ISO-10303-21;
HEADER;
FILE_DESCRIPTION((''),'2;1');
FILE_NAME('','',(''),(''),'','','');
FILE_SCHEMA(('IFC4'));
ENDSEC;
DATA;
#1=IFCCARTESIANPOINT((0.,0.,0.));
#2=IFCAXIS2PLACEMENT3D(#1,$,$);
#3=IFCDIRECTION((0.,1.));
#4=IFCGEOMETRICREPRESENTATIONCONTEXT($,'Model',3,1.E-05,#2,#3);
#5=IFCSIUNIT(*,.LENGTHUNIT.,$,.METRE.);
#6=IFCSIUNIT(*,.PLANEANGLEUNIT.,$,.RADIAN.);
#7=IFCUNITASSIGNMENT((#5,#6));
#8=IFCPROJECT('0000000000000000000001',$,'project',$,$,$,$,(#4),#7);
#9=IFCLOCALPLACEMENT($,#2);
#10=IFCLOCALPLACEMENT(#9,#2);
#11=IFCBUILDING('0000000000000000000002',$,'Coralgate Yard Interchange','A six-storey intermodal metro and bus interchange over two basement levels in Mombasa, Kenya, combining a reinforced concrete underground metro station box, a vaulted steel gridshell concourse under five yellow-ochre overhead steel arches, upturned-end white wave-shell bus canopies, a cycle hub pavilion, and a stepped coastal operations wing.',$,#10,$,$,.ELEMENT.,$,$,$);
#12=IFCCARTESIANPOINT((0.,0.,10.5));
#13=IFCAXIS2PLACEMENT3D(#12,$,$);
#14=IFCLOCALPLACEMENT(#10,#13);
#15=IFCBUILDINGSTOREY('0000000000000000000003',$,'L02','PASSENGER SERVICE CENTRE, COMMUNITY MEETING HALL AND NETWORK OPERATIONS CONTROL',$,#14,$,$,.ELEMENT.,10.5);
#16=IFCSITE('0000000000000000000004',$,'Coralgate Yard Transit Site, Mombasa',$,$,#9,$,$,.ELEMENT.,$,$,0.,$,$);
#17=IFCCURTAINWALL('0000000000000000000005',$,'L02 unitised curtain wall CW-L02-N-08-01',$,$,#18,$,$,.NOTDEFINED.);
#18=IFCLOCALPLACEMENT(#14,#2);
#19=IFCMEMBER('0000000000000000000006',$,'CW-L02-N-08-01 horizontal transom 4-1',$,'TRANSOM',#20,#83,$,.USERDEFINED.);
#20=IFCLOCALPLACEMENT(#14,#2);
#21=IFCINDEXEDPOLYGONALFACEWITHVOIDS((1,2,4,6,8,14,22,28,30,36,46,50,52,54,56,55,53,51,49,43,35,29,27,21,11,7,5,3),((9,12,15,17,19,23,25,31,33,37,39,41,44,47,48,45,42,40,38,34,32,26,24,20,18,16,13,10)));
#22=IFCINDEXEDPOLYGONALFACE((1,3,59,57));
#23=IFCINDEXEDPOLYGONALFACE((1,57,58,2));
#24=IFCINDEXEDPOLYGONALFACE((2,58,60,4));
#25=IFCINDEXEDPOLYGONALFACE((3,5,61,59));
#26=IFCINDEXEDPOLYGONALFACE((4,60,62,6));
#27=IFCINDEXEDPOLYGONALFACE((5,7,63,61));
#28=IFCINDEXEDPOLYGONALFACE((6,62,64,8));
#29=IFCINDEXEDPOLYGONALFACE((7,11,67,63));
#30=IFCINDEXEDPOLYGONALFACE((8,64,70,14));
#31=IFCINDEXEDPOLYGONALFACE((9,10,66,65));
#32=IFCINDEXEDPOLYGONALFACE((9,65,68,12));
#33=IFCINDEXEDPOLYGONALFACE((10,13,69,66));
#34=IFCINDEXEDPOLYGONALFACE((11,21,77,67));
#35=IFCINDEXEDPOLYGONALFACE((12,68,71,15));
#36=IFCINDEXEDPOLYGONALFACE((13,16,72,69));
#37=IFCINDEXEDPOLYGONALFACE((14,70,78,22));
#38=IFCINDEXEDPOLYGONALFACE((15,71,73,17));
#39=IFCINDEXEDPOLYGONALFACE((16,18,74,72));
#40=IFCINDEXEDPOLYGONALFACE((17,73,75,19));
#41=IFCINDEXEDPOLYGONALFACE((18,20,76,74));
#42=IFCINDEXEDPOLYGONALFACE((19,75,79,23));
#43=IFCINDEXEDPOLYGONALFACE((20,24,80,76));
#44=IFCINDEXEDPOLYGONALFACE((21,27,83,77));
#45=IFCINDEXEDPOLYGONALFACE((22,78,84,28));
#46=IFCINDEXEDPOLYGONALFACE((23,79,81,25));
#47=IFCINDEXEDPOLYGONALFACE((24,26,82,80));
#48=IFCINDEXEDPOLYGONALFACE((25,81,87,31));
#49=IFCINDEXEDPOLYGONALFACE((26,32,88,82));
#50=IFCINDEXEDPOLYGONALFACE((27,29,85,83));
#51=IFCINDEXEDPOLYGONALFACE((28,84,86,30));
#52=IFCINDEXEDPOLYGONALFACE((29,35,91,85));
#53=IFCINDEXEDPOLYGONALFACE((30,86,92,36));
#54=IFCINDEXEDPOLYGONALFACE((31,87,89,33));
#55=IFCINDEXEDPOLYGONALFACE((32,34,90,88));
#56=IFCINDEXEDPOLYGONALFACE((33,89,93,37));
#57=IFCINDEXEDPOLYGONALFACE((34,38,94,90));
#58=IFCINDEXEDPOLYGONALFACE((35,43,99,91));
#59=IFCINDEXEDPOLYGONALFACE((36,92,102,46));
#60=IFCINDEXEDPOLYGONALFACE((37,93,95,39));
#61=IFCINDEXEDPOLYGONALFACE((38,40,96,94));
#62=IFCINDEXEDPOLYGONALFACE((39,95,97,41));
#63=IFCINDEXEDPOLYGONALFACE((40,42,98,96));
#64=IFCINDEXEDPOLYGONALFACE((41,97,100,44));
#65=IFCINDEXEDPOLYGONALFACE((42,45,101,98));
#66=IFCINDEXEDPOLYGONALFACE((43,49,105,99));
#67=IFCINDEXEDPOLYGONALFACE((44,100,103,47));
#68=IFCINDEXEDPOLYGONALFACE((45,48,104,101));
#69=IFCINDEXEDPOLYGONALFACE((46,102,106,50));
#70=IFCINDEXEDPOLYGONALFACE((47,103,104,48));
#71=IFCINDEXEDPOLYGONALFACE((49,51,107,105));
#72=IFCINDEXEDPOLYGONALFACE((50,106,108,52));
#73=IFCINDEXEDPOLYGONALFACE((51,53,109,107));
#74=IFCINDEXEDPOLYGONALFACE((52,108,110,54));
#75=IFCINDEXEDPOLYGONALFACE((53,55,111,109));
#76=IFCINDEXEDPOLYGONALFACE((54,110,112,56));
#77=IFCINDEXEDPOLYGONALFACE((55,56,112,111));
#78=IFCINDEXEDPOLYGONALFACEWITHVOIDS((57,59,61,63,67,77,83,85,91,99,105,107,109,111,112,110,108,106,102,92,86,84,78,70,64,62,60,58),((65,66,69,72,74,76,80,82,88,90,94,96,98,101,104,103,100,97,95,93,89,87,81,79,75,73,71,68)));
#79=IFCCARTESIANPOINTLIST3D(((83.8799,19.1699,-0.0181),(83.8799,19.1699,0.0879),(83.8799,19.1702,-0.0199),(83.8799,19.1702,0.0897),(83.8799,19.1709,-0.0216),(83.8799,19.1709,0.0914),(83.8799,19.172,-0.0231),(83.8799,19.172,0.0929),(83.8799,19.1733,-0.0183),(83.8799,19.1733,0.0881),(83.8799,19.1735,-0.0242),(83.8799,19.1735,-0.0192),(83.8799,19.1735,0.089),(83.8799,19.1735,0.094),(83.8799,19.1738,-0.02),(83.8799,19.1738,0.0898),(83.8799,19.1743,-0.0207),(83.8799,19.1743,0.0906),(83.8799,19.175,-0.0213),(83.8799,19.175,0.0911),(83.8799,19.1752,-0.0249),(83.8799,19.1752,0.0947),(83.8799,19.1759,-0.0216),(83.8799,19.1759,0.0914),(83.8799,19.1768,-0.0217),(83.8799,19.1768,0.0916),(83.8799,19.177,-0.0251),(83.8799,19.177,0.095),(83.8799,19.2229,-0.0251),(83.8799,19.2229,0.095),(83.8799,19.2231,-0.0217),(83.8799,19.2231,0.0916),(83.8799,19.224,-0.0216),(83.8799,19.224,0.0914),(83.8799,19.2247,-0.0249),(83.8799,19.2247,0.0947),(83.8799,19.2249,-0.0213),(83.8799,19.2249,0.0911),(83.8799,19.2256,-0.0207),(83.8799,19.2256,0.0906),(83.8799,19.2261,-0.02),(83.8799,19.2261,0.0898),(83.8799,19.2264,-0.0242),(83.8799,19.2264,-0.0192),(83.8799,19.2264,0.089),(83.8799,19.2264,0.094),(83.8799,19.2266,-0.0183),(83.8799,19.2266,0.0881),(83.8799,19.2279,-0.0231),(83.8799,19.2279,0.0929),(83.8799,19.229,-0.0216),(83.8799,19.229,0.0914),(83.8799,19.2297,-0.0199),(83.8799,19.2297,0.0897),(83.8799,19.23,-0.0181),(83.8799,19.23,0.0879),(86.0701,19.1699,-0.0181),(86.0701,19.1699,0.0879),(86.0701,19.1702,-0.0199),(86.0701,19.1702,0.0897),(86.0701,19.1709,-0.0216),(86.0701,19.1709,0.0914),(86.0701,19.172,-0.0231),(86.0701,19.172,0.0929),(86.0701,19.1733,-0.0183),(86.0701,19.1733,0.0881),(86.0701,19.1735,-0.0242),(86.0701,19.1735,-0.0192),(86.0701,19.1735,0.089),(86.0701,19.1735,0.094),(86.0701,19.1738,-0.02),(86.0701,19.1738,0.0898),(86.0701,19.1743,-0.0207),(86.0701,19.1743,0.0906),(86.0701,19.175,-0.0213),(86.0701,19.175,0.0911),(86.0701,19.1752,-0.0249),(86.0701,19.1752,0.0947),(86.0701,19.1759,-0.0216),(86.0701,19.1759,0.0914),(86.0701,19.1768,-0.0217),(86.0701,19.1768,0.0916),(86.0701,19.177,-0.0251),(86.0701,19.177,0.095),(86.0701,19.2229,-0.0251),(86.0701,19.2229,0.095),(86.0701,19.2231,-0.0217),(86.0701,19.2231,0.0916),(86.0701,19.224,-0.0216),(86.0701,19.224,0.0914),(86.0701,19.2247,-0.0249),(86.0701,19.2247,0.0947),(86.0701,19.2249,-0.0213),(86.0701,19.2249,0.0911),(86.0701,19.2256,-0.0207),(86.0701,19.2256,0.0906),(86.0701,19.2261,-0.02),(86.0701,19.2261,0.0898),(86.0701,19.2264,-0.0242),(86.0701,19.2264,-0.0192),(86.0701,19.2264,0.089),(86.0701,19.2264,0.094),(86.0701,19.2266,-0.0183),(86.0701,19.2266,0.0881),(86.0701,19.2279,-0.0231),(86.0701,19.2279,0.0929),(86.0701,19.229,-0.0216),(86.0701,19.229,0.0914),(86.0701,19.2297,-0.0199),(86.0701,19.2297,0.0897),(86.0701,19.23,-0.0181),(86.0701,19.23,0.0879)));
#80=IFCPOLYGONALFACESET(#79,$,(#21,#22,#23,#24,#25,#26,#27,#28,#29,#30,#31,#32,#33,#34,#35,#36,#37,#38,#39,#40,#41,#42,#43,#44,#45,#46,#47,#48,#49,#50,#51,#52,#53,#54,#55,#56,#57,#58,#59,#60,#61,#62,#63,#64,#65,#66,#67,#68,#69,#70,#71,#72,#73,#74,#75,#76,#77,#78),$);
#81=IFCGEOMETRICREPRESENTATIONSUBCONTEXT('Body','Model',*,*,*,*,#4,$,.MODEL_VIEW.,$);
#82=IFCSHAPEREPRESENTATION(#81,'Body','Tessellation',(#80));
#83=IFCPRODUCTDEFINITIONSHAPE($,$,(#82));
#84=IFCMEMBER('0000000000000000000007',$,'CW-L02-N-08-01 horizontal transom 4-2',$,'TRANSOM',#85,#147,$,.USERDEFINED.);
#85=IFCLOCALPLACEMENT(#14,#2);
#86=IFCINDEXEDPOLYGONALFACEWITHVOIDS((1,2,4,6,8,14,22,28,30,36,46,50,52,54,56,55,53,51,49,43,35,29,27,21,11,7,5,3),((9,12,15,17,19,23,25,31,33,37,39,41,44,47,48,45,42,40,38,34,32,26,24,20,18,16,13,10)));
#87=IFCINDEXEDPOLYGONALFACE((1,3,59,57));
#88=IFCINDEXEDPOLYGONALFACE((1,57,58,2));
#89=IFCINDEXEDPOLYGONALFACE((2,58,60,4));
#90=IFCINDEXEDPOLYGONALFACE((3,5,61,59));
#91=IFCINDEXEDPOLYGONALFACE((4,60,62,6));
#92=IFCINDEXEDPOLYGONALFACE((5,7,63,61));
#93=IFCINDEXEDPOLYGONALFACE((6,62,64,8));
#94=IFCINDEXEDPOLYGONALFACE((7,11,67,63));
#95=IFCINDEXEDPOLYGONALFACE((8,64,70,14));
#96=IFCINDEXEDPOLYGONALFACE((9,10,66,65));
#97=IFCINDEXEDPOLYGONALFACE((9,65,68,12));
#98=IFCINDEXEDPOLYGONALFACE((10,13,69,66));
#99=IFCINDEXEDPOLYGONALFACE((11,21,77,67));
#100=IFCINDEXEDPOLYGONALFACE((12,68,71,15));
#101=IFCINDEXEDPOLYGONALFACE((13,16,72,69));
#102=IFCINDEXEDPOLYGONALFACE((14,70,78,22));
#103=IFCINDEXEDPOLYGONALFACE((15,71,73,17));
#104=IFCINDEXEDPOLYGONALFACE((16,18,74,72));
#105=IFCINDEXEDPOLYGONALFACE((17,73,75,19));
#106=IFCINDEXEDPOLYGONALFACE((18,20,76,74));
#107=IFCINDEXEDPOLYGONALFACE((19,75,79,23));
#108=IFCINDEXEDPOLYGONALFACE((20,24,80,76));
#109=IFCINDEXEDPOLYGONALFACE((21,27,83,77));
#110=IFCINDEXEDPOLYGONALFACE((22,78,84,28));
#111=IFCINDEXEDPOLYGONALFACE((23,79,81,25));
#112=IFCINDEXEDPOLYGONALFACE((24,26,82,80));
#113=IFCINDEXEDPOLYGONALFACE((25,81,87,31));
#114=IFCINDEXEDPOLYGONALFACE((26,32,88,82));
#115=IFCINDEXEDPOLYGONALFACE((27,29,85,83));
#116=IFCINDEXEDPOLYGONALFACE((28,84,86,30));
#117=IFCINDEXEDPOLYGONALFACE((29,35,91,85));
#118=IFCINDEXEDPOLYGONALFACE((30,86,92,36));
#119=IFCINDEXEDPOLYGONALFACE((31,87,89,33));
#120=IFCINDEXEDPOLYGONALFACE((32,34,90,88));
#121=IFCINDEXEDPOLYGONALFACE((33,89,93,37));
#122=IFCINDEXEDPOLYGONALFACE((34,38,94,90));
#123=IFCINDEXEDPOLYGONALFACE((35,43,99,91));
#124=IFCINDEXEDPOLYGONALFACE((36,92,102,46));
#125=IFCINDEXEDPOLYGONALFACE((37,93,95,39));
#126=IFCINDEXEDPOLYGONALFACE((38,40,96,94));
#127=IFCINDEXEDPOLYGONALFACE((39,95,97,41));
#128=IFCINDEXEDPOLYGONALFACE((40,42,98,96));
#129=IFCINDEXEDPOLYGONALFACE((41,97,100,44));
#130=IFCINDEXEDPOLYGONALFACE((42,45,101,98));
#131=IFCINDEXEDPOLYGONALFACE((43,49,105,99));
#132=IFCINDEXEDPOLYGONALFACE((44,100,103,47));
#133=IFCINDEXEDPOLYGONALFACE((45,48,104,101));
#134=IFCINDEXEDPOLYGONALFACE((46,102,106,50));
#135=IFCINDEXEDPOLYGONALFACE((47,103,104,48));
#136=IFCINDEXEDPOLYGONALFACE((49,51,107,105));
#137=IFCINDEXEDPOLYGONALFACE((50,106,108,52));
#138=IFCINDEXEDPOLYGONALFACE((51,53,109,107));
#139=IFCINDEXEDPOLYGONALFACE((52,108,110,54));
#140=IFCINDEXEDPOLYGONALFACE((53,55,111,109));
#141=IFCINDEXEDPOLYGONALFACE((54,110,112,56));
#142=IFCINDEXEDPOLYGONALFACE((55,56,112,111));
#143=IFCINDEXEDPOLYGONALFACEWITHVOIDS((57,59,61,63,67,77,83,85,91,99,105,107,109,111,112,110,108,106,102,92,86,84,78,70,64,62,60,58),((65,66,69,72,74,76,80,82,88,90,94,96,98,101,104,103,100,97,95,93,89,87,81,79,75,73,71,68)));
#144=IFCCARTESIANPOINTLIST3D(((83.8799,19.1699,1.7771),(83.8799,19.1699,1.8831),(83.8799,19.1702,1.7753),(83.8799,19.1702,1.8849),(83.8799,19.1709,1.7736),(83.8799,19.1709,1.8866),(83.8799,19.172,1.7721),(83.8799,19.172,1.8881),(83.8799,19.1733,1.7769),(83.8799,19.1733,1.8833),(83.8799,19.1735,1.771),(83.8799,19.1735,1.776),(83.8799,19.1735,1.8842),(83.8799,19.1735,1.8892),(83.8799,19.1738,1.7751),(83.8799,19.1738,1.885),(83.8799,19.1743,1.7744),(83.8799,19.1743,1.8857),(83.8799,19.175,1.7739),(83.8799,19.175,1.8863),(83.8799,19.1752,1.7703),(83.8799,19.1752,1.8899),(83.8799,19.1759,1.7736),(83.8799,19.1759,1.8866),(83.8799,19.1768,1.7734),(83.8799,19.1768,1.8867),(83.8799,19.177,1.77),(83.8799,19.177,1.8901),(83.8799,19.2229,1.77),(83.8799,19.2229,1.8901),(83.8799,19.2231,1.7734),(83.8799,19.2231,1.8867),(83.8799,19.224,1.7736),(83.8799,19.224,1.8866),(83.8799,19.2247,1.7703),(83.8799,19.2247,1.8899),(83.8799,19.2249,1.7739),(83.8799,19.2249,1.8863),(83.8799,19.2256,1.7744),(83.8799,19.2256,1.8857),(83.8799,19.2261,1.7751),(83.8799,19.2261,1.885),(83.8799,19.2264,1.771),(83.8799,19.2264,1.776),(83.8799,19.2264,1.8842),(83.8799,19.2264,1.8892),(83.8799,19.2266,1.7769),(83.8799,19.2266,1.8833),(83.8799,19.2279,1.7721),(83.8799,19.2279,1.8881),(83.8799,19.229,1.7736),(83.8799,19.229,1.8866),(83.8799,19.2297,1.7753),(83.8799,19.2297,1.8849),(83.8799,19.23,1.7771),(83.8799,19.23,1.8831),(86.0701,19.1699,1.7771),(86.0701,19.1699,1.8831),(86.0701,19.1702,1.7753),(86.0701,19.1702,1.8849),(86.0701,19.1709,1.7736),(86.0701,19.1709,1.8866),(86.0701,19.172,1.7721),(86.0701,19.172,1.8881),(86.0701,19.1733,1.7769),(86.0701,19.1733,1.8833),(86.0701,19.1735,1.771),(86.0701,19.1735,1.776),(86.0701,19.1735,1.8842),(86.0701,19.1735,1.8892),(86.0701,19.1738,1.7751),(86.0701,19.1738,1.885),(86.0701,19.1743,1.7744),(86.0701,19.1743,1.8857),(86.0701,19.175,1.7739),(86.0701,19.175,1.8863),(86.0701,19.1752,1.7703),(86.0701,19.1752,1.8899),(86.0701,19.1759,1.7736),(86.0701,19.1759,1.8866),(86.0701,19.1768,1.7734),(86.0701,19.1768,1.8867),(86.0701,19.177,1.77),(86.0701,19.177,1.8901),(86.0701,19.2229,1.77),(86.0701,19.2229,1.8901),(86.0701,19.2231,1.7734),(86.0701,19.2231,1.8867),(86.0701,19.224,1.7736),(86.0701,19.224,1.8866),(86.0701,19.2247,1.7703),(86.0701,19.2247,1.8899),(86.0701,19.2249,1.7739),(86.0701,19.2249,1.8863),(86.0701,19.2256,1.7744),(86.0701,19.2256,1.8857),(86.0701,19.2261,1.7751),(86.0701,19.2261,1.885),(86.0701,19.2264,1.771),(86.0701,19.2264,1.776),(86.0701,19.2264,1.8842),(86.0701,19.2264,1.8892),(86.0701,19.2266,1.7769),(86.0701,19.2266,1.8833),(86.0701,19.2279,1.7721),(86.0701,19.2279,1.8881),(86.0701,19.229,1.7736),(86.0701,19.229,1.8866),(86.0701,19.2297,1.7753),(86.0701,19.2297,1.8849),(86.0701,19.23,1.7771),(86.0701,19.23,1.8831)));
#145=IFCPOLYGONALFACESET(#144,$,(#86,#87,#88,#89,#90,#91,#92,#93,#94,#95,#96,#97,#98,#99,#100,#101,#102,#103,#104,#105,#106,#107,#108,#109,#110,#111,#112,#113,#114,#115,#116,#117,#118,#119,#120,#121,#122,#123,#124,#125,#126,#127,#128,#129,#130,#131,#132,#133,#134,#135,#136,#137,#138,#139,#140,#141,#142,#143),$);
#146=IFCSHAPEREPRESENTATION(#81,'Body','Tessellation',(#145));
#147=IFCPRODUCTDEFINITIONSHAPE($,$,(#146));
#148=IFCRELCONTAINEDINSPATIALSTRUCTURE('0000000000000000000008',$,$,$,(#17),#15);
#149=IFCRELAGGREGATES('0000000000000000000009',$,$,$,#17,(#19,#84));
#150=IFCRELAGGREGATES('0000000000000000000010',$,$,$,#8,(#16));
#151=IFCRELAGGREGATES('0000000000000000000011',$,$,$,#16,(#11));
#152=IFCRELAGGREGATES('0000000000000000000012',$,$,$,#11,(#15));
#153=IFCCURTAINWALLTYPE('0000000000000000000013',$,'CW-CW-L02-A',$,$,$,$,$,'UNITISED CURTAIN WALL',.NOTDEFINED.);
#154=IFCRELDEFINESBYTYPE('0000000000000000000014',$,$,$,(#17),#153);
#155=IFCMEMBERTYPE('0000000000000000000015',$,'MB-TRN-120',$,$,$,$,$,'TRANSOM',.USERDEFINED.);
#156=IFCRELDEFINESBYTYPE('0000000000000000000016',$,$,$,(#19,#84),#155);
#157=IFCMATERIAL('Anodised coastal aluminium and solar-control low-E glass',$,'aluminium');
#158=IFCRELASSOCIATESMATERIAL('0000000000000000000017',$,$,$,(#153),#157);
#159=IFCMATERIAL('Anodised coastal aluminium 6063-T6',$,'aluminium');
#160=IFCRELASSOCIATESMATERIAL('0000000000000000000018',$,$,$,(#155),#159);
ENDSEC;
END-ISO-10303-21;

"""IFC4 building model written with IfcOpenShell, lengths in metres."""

from ifc_helpers import new_model, si_unit, direction, frame, origin, origin_2d, place, context, subcontext, project, spatial, hollow_rectangle, extrude, material, material_profile, profile_set, type_object, element, aggregate, save


model = new_model("IFC4")

# Units and contexts
model_context = context("Model", 3, precision=1e-05, world=origin(), true_north=direction((0.0, 1.0)))
body_context = subcontext(model_context, "Body", "Model", "MODEL_VIEW")
ifc_project = project(units=[si_unit("LENGTHUNIT", "METRE"), si_unit("PLANEANGLEUNIT", "RADIAN")], contexts=[model_context])

# Site, building, storey
site_placement = place(None, origin())
site = spatial("IfcSite", under=ifc_project, at=site_placement, Name="Coralgate Yard Transit Site, Mombasa", CompositionType="ELEMENT", RefElevation=0.0)
building_placement = place(site_placement, origin())
building = spatial("IfcBuilding", under=site, at=building_placement, Name="Coralgate Yard Interchange", Description="A six-storey intermodal metro and bus interchange over two basement levels in Mombasa, Kenya, combining a reinforced concrete underground metro station box, a vaulted steel gridshell concourse under five yellow-ochre overhead steel arches, upturned-end white wave-shell bus canopies, a cycle hub pavilion, and a stepped coastal operations wing.", CompositionType="ELEMENT")
storey_placement = place(building_placement, frame((0.0, 0.0, 10.5)))
storey = spatial("IfcBuildingStorey", under=building, at=storey_placement, Name="L02", Description="PASSENGER SERVICE CENTRE, COMMUNITY MEETING HALL AND NETWORK OPERATIONS CONTROL", CompositionType="ELEMENT", Elevation=10.5)

# Curtain wall
ifc_material_1 = material(Name="Anodised coastal aluminium and solar-control low-E glass", Category="aluminium")
curtain_wall_type = type_object("IfcCurtainWallType", Name="CW-CW-L02-A", ElementType="UNITISED CURTAIN WALL", PredefinedType="NOTDEFINED", material=ifc_material_1)
curtain_wall_placement = place(storey_placement, origin())
curtain_wall = element("IfcCurtainWall", 1, at=curtain_wall_placement, inside=storey, type_object=curtain_wall_type, Name="L02 unitised curtain wall CW-L02-N-08-01", PredefinedType="NOTDEFINED")
ifc_material_2 = material(Name="Anodised coastal aluminium 6063-T6", Category="aluminium")

# Members
ifc_material_profile_1 = material_profile(ifc_material_2, hollow_rectangle(XDim=0.0601, YDim=0.1201, WallThickness=0.0034, InnerFilletRadius=0.0034, OuterFilletRadius=0.0071, at=origin_2d()), Name="ALU 60x120x3.5")
ifc_profile_set_1 = profile_set([ifc_material_profile_1], Name="Anodised coastal aluminium 6063-T6")
member_type_1 = type_object("IfcMemberType", Name="MB-TRN-120", ElementType="TRANSOM", PredefinedType="USERDEFINED", material=ifc_profile_set_1)
member_1_placement = place(storey_placement, frame((83.8799, 19.2, 0.0349), z_axis=(1.0, 0.0, 0.0), x_axis=(0.0, 1.0, 0.0)))
member_1 = element("IfcMember", 2, at=member_1_placement, type_object=member_type_1, Name="CW-L02-N-08-01 horizontal transom 4-1", ObjectType="TRANSOM", PredefinedType="USERDEFINED", context=body_context, shape_type="SweptSolid", body=[
    extrude(hollow_rectangle(XDim=0.0601, YDim=0.1201, WallThickness=0.0034, InnerFilletRadius=0.0034, OuterFilletRadius=0.0071, at=origin_2d()), origin(), (0.0, 0.0, 1.0), 2.1902),
])
member_2_placement = place(storey_placement, frame((83.8799, 19.2, 1.8301), z_axis=(1.0, 0.0, 0.0), x_axis=(0.0, 1.0, 0.0)))
member_2 = element("IfcMember", 3, at=member_2_placement, type_object=member_type_1, Name="CW-L02-N-08-01 horizontal transom 4-2", ObjectType="TRANSOM", PredefinedType="USERDEFINED", context=body_context, shape_type="SweptSolid", body=[
    extrude(hollow_rectangle(XDim=0.0601, YDim=0.1201, WallThickness=0.0034, InnerFilletRadius=0.0034, OuterFilletRadius=0.0071, at=origin_2d()), origin(), (0.0, 0.0, 1.0), 2.1902),
])

aggregate(curtain_wall, [member_1, member_2])

save(model, "model.ifc")
